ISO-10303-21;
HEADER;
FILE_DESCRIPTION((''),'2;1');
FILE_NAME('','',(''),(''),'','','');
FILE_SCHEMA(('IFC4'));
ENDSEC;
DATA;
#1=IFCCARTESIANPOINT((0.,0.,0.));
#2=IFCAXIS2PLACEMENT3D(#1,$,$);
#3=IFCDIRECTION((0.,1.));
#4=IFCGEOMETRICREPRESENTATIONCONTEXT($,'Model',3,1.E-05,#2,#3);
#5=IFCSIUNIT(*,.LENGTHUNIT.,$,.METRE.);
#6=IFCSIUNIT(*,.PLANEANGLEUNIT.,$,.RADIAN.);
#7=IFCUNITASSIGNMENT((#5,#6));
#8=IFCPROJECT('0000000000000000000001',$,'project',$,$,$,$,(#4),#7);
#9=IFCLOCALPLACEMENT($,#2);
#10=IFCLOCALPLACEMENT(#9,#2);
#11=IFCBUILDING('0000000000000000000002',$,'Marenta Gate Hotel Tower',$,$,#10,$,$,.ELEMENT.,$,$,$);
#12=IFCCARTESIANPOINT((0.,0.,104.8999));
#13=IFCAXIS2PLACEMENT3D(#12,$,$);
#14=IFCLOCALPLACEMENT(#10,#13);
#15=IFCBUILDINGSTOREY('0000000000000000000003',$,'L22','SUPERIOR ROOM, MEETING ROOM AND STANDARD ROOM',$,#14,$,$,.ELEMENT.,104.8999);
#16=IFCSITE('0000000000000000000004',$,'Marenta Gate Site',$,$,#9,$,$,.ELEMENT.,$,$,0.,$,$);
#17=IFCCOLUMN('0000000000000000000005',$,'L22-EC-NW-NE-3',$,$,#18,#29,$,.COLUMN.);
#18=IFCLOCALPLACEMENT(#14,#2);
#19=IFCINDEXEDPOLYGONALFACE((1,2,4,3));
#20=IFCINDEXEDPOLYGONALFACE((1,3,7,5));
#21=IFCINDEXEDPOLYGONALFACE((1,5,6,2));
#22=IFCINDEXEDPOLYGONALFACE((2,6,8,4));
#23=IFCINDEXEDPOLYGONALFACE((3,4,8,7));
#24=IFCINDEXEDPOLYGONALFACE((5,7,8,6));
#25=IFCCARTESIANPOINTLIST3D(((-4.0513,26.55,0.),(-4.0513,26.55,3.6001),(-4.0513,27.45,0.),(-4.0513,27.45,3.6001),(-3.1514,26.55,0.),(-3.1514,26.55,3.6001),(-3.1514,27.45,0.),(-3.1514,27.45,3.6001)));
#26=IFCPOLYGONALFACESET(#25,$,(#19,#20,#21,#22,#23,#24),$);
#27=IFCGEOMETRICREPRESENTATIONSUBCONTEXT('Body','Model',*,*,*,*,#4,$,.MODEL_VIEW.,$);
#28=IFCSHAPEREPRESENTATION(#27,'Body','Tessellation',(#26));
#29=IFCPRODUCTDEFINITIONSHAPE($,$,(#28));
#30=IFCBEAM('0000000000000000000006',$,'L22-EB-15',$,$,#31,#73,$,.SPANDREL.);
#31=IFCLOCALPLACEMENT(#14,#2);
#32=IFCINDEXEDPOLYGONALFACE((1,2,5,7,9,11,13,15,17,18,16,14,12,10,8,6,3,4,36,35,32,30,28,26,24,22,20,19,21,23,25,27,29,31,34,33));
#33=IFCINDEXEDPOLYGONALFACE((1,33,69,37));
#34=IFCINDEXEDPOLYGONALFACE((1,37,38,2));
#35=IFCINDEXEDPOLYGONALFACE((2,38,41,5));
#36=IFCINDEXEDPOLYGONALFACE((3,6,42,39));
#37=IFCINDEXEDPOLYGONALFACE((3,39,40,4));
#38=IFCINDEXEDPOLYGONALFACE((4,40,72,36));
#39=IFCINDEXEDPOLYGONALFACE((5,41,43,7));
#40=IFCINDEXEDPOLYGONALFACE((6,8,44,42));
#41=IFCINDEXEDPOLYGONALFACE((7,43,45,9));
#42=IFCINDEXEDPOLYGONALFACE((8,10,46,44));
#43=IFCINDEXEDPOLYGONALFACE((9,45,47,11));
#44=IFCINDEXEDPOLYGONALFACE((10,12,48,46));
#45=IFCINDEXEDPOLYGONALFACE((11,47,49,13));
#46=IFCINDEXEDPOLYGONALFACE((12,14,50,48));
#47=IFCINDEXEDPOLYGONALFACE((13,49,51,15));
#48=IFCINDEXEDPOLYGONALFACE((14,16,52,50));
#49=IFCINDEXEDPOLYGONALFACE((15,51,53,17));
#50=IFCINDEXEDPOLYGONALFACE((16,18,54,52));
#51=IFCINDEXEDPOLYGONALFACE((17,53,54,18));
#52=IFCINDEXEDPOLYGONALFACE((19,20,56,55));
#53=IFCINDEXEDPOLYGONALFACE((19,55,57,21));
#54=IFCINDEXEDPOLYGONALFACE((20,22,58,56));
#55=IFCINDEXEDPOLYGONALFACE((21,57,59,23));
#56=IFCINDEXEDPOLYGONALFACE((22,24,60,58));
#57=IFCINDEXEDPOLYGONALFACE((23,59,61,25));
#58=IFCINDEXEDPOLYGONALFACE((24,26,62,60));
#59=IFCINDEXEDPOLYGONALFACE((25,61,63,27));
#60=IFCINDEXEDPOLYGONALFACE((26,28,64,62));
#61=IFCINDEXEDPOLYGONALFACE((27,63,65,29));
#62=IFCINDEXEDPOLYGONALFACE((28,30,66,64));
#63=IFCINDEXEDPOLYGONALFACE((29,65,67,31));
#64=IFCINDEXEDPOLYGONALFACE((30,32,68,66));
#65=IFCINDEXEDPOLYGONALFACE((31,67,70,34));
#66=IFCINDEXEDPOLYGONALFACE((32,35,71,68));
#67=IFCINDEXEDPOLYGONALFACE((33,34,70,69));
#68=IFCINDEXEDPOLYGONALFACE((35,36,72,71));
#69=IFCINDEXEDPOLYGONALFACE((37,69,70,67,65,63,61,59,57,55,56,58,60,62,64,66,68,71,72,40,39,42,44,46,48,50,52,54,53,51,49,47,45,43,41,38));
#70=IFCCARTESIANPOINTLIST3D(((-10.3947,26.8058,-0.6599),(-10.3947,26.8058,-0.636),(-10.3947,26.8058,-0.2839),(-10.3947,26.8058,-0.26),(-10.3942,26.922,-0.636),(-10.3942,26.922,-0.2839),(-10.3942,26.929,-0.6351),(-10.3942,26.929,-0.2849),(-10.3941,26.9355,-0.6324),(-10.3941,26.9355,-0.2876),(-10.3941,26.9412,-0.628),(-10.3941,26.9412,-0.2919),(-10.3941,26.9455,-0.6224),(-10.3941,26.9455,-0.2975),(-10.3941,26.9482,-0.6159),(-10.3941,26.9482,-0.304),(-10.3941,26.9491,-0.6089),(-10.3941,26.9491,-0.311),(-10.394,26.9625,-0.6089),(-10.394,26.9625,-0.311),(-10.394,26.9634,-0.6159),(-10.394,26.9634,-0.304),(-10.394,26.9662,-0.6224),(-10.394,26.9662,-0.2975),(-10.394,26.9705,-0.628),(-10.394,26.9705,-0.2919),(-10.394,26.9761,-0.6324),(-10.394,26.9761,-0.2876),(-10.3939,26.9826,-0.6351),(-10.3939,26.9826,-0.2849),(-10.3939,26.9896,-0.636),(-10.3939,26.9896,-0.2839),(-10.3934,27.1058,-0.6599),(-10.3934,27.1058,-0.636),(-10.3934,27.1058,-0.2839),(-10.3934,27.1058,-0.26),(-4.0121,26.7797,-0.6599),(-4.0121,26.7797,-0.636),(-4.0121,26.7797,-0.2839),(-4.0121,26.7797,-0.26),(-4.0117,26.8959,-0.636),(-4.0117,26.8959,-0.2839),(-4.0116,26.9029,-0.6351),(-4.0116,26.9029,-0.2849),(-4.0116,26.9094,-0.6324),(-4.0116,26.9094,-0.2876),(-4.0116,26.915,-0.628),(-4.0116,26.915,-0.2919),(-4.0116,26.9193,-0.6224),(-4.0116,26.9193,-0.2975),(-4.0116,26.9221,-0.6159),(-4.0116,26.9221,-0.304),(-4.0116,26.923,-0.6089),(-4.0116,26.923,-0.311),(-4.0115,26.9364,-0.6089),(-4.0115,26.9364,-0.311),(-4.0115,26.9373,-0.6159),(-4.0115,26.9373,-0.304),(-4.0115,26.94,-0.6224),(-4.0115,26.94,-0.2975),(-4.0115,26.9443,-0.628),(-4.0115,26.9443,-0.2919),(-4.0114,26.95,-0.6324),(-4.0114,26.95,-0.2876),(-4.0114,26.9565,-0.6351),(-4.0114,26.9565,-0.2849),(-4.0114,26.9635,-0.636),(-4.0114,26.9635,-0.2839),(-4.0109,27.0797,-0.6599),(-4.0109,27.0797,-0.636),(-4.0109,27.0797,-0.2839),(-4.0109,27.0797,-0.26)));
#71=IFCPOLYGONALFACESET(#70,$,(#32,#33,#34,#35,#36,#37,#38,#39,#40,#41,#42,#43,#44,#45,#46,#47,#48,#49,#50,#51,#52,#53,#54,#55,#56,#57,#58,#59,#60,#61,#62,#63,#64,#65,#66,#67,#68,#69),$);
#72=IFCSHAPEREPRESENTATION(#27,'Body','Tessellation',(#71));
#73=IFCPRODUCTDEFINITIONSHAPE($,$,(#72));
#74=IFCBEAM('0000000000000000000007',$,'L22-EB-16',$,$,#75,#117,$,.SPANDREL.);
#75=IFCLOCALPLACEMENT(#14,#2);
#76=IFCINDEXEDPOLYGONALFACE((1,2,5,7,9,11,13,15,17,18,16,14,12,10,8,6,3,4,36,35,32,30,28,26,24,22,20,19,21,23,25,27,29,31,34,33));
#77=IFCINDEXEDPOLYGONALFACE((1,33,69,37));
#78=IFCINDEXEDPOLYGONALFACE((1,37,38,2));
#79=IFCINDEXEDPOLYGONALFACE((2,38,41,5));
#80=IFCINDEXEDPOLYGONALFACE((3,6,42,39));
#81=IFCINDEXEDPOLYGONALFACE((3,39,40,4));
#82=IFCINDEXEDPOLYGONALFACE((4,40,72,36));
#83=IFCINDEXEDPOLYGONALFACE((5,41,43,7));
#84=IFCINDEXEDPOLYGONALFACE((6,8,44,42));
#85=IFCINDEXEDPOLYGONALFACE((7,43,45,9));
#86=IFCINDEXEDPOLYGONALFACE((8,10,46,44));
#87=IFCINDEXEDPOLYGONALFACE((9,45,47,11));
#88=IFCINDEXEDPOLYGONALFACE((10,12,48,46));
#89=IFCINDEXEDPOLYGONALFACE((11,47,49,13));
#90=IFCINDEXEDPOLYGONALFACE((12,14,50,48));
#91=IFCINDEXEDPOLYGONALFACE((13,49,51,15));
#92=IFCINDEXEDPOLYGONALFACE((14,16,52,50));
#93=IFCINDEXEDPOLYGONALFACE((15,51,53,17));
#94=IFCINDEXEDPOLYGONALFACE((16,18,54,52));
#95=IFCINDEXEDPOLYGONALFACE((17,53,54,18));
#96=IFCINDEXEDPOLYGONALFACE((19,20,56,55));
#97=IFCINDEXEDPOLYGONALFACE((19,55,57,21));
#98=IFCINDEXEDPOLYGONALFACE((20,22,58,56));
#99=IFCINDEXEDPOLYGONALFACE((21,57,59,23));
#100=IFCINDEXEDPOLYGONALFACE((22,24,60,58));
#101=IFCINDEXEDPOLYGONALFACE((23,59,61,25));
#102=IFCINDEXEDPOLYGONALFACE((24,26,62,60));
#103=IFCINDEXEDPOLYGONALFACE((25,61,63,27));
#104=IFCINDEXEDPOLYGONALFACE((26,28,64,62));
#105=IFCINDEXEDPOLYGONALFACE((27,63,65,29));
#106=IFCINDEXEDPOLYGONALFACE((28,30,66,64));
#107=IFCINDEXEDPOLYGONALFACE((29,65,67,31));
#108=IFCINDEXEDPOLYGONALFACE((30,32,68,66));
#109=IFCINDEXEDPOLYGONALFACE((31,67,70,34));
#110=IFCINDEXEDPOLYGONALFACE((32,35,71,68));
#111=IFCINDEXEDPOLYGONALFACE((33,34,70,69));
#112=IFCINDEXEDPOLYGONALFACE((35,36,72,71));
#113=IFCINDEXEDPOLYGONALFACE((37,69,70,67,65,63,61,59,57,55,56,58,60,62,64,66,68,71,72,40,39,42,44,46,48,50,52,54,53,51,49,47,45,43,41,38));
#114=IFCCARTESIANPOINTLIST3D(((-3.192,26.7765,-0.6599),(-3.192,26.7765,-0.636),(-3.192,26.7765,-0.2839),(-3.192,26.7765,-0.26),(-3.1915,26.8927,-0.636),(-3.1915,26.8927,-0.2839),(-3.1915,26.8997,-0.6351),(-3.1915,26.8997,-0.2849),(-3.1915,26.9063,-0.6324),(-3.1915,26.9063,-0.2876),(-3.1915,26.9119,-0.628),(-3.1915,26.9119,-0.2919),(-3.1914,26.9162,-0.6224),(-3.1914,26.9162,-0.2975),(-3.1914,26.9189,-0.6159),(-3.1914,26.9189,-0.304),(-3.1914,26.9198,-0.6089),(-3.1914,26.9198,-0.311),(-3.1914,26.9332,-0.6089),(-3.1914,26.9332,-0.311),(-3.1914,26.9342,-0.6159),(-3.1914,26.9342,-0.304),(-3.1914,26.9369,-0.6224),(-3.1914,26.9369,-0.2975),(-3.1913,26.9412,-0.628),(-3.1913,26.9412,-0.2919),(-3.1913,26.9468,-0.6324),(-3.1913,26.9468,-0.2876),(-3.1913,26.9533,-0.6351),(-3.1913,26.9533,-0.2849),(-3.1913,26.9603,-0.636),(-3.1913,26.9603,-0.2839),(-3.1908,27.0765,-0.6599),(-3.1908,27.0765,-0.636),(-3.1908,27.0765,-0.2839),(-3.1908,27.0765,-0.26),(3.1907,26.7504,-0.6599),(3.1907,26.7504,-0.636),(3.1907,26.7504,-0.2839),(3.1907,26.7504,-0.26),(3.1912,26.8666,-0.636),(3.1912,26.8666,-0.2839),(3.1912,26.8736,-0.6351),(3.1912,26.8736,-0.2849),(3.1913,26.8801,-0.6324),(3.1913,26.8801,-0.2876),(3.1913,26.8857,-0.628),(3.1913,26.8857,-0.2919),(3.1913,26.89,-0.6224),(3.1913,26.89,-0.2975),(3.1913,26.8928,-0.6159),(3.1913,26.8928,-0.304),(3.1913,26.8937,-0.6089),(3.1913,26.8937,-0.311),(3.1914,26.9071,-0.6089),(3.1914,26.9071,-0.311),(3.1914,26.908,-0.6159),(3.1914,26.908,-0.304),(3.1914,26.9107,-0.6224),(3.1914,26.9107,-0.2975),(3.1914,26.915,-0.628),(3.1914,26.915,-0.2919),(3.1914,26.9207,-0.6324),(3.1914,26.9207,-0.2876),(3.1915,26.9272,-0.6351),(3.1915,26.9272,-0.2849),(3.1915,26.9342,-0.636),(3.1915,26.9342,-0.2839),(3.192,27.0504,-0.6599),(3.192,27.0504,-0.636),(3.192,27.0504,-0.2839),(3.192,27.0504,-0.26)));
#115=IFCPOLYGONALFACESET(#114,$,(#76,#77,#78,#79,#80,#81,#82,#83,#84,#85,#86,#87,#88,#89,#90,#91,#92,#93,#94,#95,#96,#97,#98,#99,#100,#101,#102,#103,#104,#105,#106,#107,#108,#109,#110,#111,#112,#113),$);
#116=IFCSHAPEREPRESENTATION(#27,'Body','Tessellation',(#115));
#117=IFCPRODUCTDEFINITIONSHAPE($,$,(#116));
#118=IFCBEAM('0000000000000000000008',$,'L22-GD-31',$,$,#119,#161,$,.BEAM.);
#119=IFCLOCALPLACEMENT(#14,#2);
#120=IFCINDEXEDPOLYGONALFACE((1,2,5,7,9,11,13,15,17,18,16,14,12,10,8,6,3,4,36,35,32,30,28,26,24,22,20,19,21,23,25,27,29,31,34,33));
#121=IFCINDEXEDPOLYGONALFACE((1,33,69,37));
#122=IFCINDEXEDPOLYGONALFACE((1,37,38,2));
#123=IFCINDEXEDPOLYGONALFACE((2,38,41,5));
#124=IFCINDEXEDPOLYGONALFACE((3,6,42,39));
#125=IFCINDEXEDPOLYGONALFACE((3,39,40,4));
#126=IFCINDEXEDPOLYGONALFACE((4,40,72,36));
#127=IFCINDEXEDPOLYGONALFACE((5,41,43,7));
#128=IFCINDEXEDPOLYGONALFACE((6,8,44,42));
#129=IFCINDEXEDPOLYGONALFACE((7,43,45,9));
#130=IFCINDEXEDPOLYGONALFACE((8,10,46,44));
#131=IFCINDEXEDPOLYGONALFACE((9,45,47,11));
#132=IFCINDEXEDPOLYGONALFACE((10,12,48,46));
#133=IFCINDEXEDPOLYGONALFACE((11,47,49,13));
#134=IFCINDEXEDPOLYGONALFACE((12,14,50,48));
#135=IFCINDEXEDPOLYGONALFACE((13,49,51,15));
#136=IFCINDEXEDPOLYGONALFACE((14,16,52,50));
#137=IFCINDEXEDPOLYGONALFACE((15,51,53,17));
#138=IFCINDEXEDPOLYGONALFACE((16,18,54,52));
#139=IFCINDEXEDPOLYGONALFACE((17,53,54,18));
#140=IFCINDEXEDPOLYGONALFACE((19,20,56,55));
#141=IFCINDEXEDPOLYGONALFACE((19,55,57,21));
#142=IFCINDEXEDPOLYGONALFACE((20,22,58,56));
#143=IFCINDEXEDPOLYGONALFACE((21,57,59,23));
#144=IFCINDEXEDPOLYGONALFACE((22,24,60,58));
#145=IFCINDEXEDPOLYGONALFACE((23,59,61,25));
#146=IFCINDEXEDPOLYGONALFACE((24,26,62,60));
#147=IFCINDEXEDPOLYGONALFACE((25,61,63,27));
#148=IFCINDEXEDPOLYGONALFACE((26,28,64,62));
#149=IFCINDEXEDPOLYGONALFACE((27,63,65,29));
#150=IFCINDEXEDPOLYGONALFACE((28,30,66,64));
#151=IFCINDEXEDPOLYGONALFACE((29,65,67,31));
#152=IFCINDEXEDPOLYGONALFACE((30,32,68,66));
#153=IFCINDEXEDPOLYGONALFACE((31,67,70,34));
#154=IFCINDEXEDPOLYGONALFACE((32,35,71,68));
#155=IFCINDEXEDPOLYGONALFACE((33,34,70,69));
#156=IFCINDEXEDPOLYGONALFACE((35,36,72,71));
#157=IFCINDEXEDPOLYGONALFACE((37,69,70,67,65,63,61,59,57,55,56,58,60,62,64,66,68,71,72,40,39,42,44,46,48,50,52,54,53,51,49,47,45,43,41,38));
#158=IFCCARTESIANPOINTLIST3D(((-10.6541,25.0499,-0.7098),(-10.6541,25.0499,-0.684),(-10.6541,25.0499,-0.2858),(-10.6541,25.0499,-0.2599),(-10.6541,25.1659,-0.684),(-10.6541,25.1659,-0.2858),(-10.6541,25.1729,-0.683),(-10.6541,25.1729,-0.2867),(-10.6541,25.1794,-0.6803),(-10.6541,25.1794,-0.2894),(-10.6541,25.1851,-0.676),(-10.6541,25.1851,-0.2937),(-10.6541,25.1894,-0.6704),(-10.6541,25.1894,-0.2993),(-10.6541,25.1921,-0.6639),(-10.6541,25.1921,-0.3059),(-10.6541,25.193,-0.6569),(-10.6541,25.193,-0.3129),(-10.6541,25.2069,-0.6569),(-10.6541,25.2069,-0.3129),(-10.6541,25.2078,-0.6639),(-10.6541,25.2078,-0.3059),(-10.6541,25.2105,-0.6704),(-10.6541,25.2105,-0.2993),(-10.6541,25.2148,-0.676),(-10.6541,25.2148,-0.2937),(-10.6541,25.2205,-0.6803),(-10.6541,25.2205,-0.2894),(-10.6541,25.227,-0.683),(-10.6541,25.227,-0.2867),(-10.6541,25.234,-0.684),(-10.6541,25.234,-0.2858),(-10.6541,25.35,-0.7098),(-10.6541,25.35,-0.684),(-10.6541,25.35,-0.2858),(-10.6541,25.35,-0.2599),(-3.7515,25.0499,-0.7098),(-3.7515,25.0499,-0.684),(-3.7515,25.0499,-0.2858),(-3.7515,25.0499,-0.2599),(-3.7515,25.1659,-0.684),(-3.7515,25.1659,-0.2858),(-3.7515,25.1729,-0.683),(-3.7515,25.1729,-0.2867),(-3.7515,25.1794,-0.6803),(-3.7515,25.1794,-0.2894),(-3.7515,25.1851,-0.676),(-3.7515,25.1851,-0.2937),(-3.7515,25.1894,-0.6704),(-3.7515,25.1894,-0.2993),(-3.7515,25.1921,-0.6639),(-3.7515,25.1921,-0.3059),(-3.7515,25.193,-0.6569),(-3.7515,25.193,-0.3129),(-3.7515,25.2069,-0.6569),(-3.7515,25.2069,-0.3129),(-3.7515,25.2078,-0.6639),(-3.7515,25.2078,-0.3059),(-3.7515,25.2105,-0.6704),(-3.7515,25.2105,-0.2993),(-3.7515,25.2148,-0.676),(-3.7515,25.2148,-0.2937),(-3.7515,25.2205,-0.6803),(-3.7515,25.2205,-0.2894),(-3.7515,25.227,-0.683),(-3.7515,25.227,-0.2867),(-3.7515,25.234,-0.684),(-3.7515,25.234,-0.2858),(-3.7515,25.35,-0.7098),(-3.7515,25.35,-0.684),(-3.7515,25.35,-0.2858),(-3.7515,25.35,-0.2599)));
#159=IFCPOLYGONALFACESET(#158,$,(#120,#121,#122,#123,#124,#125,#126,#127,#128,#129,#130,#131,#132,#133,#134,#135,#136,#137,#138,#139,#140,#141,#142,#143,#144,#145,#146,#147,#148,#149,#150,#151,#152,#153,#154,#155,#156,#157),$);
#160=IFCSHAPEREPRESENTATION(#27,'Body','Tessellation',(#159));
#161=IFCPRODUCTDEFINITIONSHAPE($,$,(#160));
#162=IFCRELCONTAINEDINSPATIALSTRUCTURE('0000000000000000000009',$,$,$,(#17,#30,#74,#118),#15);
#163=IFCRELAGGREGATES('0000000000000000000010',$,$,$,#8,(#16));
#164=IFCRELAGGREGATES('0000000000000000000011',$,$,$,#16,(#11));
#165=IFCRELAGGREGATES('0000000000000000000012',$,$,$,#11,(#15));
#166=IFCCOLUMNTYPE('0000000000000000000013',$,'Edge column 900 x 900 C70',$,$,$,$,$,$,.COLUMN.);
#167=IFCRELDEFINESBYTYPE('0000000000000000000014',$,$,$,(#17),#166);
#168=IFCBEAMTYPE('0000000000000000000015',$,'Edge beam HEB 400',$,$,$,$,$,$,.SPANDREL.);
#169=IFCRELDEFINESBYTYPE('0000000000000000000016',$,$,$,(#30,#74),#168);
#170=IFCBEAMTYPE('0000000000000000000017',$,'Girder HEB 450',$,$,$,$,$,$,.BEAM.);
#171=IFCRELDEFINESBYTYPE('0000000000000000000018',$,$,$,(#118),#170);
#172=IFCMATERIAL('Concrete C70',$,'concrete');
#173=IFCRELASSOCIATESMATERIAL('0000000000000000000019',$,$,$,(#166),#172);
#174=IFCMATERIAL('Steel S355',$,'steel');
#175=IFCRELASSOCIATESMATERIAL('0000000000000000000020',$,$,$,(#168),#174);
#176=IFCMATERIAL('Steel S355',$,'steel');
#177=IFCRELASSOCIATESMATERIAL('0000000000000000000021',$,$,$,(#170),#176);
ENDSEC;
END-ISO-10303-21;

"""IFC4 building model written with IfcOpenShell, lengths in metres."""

from ifc_helpers import new_model, si_unit, direction, frame, origin, origin_2d, place, context, subcontext, project, spatial, rectangle, i_section, extrude, material, material_profile, profile_set, type_object, element, save


model = new_model("IFC4")

# Units and contexts
model_context = context("Model", 3, precision=1e-05, world=origin(), true_north=direction((0.0, 1.0)))
body_context = subcontext(model_context, "Body", "Model", "MODEL_VIEW")
ifc_project = project(units=[si_unit("LENGTHUNIT", "METRE"), si_unit("PLANEANGLEUNIT", "RADIAN")], contexts=[model_context])

# Site, building, storey
site_placement = place(None, origin())
site = spatial("IfcSite", under=ifc_project, at=site_placement, Name="Marenta Gate Site", CompositionType="ELEMENT", RefElevation=0.0)
building_placement = place(site_placement, origin())
building = spatial("IfcBuilding", under=site, at=building_placement, Name="Marenta Gate Hotel Tower", CompositionType="ELEMENT")
storey_placement = place(building_placement, frame((0.0, 0.0, 104.8999)))
storey = spatial("IfcBuildingStorey", under=building, at=storey_placement, Name="L22", Description="SUPERIOR ROOM, MEETING ROOM AND STANDARD ROOM", CompositionType="ELEMENT", Elevation=104.8999)

# Column
ifc_material_1 = material(Name="Concrete C70", Category="concrete")
ifc_material_profile_1 = material_profile(ifc_material_1, rectangle(XDim=0.8999, YDim=0.8999, at=origin_2d()), Name="900 x 900")
ifc_profile_set_1 = profile_set([ifc_material_profile_1], Name="Concrete C70")
column_type = type_object("IfcColumnType", Name="Edge column 900 x 900 C70", PredefinedType="COLUMN", material=ifc_profile_set_1)
column_placement = place(storey_placement, frame((-3.6013, 27.0, 0.0), z_axis=(0.0, 0.0, 1.0), x_axis=(1.0, 0.0, 0.0)))
element("IfcColumn", 1, at=column_placement, inside=storey, type_object=column_type, Name="L22-EC-NW-NE-3", PredefinedType="COLUMN", context=body_context, shape_type="SweptSolid", body=[
    extrude(rectangle(XDim=0.8999, YDim=0.8999, at=origin_2d()), origin(), (0.0, 0.0, 1.0), 3.6001),
])

# Beams
ifc_material_2 = material(Name="Steel S355", Category="steel")
ifc_material_profile_2 = material_profile(ifc_material_2, i_section(OverallWidth=0.3, OverallDepth=0.3999, WebThickness=0.0134, FlangeThickness=0.0239, FilletRadius=0.0271, at=origin_2d()), Name="HEB 400")
ifc_profile_set_2 = profile_set([ifc_material_profile_2], Name="Steel S355")
beam_type_1 = type_object("IfcBeamType", Name="Edge beam HEB 400", PredefinedType="SPANDREL", material=ifc_profile_set_2)
beam_1_placement = place(storey_placement, frame((-10.394, 26.9558, -0.46), z_axis=(0.999992, -0.004093, 0.0), x_axis=(0.004093, 0.999992, 0.0)))
element("IfcBeam", 2, at=beam_1_placement, inside=storey, type_object=beam_type_1, Name="L22-EB-15", PredefinedType="SPANDREL", context=body_context, shape_type="SweptSolid", body=[
    extrude(i_section(OverallWidth=0.3, OverallDepth=0.3999, WebThickness=0.0134, FlangeThickness=0.0239, FilletRadius=0.0271, at=origin_2d()), origin(), (0.0, 0.0, 1.0), 6.3826),
])
beam_2_placement = place(storey_placement, frame((-3.1914, 26.9265, -0.46), z_axis=(0.999992, -0.004093, 0.0), x_axis=(0.004093, 0.999992, 0.0)))
element("IfcBeam", 3, at=beam_2_placement, inside=storey, type_object=beam_type_1, Name="L22-EB-16", PredefinedType="SPANDREL", context=body_context, shape_type="SweptSolid", body=[
    extrude(i_section(OverallWidth=0.3, OverallDepth=0.3999, WebThickness=0.0134, FlangeThickness=0.0239, FilletRadius=0.0271, at=origin_2d()), origin(), (0.0, 0.0, 1.0), 6.3828),
])
ifc_material_3 = material(Name="Steel S355", Category="steel")
ifc_material_profile_3 = material_profile(ifc_material_3, i_section(OverallWidth=0.3, OverallDepth=0.45, WebThickness=0.0139, FlangeThickness=0.0259, FilletRadius=0.0271, at=origin_2d()), Name="HEB 450")
ifc_profile_set_3 = profile_set([ifc_material_profile_3], Name="Steel S355")
beam_type_2 = type_object("IfcBeamType", Name="Girder HEB 450", PredefinedType="BEAM", material=ifc_profile_set_3)
beam_3_placement = place(storey_placement, frame((-10.6541, 25.2, -0.4849), z_axis=(1.0, 0.0, 0.0), x_axis=(0.0, 1.0, 0.0)))
element("IfcBeam", 4, at=beam_3_placement, inside=storey, type_object=beam_type_2, Name="L22-GD-31", PredefinedType="BEAM", context=body_context, shape_type="SweptSolid", body=[
    extrude(i_section(OverallWidth=0.3, OverallDepth=0.45, WebThickness=0.0139, FlangeThickness=0.0259, FilletRadius=0.0271, at=origin_2d()), origin(), (0.0, 0.0, 1.0), 6.9026),
])

save(model, "model.ifc")
